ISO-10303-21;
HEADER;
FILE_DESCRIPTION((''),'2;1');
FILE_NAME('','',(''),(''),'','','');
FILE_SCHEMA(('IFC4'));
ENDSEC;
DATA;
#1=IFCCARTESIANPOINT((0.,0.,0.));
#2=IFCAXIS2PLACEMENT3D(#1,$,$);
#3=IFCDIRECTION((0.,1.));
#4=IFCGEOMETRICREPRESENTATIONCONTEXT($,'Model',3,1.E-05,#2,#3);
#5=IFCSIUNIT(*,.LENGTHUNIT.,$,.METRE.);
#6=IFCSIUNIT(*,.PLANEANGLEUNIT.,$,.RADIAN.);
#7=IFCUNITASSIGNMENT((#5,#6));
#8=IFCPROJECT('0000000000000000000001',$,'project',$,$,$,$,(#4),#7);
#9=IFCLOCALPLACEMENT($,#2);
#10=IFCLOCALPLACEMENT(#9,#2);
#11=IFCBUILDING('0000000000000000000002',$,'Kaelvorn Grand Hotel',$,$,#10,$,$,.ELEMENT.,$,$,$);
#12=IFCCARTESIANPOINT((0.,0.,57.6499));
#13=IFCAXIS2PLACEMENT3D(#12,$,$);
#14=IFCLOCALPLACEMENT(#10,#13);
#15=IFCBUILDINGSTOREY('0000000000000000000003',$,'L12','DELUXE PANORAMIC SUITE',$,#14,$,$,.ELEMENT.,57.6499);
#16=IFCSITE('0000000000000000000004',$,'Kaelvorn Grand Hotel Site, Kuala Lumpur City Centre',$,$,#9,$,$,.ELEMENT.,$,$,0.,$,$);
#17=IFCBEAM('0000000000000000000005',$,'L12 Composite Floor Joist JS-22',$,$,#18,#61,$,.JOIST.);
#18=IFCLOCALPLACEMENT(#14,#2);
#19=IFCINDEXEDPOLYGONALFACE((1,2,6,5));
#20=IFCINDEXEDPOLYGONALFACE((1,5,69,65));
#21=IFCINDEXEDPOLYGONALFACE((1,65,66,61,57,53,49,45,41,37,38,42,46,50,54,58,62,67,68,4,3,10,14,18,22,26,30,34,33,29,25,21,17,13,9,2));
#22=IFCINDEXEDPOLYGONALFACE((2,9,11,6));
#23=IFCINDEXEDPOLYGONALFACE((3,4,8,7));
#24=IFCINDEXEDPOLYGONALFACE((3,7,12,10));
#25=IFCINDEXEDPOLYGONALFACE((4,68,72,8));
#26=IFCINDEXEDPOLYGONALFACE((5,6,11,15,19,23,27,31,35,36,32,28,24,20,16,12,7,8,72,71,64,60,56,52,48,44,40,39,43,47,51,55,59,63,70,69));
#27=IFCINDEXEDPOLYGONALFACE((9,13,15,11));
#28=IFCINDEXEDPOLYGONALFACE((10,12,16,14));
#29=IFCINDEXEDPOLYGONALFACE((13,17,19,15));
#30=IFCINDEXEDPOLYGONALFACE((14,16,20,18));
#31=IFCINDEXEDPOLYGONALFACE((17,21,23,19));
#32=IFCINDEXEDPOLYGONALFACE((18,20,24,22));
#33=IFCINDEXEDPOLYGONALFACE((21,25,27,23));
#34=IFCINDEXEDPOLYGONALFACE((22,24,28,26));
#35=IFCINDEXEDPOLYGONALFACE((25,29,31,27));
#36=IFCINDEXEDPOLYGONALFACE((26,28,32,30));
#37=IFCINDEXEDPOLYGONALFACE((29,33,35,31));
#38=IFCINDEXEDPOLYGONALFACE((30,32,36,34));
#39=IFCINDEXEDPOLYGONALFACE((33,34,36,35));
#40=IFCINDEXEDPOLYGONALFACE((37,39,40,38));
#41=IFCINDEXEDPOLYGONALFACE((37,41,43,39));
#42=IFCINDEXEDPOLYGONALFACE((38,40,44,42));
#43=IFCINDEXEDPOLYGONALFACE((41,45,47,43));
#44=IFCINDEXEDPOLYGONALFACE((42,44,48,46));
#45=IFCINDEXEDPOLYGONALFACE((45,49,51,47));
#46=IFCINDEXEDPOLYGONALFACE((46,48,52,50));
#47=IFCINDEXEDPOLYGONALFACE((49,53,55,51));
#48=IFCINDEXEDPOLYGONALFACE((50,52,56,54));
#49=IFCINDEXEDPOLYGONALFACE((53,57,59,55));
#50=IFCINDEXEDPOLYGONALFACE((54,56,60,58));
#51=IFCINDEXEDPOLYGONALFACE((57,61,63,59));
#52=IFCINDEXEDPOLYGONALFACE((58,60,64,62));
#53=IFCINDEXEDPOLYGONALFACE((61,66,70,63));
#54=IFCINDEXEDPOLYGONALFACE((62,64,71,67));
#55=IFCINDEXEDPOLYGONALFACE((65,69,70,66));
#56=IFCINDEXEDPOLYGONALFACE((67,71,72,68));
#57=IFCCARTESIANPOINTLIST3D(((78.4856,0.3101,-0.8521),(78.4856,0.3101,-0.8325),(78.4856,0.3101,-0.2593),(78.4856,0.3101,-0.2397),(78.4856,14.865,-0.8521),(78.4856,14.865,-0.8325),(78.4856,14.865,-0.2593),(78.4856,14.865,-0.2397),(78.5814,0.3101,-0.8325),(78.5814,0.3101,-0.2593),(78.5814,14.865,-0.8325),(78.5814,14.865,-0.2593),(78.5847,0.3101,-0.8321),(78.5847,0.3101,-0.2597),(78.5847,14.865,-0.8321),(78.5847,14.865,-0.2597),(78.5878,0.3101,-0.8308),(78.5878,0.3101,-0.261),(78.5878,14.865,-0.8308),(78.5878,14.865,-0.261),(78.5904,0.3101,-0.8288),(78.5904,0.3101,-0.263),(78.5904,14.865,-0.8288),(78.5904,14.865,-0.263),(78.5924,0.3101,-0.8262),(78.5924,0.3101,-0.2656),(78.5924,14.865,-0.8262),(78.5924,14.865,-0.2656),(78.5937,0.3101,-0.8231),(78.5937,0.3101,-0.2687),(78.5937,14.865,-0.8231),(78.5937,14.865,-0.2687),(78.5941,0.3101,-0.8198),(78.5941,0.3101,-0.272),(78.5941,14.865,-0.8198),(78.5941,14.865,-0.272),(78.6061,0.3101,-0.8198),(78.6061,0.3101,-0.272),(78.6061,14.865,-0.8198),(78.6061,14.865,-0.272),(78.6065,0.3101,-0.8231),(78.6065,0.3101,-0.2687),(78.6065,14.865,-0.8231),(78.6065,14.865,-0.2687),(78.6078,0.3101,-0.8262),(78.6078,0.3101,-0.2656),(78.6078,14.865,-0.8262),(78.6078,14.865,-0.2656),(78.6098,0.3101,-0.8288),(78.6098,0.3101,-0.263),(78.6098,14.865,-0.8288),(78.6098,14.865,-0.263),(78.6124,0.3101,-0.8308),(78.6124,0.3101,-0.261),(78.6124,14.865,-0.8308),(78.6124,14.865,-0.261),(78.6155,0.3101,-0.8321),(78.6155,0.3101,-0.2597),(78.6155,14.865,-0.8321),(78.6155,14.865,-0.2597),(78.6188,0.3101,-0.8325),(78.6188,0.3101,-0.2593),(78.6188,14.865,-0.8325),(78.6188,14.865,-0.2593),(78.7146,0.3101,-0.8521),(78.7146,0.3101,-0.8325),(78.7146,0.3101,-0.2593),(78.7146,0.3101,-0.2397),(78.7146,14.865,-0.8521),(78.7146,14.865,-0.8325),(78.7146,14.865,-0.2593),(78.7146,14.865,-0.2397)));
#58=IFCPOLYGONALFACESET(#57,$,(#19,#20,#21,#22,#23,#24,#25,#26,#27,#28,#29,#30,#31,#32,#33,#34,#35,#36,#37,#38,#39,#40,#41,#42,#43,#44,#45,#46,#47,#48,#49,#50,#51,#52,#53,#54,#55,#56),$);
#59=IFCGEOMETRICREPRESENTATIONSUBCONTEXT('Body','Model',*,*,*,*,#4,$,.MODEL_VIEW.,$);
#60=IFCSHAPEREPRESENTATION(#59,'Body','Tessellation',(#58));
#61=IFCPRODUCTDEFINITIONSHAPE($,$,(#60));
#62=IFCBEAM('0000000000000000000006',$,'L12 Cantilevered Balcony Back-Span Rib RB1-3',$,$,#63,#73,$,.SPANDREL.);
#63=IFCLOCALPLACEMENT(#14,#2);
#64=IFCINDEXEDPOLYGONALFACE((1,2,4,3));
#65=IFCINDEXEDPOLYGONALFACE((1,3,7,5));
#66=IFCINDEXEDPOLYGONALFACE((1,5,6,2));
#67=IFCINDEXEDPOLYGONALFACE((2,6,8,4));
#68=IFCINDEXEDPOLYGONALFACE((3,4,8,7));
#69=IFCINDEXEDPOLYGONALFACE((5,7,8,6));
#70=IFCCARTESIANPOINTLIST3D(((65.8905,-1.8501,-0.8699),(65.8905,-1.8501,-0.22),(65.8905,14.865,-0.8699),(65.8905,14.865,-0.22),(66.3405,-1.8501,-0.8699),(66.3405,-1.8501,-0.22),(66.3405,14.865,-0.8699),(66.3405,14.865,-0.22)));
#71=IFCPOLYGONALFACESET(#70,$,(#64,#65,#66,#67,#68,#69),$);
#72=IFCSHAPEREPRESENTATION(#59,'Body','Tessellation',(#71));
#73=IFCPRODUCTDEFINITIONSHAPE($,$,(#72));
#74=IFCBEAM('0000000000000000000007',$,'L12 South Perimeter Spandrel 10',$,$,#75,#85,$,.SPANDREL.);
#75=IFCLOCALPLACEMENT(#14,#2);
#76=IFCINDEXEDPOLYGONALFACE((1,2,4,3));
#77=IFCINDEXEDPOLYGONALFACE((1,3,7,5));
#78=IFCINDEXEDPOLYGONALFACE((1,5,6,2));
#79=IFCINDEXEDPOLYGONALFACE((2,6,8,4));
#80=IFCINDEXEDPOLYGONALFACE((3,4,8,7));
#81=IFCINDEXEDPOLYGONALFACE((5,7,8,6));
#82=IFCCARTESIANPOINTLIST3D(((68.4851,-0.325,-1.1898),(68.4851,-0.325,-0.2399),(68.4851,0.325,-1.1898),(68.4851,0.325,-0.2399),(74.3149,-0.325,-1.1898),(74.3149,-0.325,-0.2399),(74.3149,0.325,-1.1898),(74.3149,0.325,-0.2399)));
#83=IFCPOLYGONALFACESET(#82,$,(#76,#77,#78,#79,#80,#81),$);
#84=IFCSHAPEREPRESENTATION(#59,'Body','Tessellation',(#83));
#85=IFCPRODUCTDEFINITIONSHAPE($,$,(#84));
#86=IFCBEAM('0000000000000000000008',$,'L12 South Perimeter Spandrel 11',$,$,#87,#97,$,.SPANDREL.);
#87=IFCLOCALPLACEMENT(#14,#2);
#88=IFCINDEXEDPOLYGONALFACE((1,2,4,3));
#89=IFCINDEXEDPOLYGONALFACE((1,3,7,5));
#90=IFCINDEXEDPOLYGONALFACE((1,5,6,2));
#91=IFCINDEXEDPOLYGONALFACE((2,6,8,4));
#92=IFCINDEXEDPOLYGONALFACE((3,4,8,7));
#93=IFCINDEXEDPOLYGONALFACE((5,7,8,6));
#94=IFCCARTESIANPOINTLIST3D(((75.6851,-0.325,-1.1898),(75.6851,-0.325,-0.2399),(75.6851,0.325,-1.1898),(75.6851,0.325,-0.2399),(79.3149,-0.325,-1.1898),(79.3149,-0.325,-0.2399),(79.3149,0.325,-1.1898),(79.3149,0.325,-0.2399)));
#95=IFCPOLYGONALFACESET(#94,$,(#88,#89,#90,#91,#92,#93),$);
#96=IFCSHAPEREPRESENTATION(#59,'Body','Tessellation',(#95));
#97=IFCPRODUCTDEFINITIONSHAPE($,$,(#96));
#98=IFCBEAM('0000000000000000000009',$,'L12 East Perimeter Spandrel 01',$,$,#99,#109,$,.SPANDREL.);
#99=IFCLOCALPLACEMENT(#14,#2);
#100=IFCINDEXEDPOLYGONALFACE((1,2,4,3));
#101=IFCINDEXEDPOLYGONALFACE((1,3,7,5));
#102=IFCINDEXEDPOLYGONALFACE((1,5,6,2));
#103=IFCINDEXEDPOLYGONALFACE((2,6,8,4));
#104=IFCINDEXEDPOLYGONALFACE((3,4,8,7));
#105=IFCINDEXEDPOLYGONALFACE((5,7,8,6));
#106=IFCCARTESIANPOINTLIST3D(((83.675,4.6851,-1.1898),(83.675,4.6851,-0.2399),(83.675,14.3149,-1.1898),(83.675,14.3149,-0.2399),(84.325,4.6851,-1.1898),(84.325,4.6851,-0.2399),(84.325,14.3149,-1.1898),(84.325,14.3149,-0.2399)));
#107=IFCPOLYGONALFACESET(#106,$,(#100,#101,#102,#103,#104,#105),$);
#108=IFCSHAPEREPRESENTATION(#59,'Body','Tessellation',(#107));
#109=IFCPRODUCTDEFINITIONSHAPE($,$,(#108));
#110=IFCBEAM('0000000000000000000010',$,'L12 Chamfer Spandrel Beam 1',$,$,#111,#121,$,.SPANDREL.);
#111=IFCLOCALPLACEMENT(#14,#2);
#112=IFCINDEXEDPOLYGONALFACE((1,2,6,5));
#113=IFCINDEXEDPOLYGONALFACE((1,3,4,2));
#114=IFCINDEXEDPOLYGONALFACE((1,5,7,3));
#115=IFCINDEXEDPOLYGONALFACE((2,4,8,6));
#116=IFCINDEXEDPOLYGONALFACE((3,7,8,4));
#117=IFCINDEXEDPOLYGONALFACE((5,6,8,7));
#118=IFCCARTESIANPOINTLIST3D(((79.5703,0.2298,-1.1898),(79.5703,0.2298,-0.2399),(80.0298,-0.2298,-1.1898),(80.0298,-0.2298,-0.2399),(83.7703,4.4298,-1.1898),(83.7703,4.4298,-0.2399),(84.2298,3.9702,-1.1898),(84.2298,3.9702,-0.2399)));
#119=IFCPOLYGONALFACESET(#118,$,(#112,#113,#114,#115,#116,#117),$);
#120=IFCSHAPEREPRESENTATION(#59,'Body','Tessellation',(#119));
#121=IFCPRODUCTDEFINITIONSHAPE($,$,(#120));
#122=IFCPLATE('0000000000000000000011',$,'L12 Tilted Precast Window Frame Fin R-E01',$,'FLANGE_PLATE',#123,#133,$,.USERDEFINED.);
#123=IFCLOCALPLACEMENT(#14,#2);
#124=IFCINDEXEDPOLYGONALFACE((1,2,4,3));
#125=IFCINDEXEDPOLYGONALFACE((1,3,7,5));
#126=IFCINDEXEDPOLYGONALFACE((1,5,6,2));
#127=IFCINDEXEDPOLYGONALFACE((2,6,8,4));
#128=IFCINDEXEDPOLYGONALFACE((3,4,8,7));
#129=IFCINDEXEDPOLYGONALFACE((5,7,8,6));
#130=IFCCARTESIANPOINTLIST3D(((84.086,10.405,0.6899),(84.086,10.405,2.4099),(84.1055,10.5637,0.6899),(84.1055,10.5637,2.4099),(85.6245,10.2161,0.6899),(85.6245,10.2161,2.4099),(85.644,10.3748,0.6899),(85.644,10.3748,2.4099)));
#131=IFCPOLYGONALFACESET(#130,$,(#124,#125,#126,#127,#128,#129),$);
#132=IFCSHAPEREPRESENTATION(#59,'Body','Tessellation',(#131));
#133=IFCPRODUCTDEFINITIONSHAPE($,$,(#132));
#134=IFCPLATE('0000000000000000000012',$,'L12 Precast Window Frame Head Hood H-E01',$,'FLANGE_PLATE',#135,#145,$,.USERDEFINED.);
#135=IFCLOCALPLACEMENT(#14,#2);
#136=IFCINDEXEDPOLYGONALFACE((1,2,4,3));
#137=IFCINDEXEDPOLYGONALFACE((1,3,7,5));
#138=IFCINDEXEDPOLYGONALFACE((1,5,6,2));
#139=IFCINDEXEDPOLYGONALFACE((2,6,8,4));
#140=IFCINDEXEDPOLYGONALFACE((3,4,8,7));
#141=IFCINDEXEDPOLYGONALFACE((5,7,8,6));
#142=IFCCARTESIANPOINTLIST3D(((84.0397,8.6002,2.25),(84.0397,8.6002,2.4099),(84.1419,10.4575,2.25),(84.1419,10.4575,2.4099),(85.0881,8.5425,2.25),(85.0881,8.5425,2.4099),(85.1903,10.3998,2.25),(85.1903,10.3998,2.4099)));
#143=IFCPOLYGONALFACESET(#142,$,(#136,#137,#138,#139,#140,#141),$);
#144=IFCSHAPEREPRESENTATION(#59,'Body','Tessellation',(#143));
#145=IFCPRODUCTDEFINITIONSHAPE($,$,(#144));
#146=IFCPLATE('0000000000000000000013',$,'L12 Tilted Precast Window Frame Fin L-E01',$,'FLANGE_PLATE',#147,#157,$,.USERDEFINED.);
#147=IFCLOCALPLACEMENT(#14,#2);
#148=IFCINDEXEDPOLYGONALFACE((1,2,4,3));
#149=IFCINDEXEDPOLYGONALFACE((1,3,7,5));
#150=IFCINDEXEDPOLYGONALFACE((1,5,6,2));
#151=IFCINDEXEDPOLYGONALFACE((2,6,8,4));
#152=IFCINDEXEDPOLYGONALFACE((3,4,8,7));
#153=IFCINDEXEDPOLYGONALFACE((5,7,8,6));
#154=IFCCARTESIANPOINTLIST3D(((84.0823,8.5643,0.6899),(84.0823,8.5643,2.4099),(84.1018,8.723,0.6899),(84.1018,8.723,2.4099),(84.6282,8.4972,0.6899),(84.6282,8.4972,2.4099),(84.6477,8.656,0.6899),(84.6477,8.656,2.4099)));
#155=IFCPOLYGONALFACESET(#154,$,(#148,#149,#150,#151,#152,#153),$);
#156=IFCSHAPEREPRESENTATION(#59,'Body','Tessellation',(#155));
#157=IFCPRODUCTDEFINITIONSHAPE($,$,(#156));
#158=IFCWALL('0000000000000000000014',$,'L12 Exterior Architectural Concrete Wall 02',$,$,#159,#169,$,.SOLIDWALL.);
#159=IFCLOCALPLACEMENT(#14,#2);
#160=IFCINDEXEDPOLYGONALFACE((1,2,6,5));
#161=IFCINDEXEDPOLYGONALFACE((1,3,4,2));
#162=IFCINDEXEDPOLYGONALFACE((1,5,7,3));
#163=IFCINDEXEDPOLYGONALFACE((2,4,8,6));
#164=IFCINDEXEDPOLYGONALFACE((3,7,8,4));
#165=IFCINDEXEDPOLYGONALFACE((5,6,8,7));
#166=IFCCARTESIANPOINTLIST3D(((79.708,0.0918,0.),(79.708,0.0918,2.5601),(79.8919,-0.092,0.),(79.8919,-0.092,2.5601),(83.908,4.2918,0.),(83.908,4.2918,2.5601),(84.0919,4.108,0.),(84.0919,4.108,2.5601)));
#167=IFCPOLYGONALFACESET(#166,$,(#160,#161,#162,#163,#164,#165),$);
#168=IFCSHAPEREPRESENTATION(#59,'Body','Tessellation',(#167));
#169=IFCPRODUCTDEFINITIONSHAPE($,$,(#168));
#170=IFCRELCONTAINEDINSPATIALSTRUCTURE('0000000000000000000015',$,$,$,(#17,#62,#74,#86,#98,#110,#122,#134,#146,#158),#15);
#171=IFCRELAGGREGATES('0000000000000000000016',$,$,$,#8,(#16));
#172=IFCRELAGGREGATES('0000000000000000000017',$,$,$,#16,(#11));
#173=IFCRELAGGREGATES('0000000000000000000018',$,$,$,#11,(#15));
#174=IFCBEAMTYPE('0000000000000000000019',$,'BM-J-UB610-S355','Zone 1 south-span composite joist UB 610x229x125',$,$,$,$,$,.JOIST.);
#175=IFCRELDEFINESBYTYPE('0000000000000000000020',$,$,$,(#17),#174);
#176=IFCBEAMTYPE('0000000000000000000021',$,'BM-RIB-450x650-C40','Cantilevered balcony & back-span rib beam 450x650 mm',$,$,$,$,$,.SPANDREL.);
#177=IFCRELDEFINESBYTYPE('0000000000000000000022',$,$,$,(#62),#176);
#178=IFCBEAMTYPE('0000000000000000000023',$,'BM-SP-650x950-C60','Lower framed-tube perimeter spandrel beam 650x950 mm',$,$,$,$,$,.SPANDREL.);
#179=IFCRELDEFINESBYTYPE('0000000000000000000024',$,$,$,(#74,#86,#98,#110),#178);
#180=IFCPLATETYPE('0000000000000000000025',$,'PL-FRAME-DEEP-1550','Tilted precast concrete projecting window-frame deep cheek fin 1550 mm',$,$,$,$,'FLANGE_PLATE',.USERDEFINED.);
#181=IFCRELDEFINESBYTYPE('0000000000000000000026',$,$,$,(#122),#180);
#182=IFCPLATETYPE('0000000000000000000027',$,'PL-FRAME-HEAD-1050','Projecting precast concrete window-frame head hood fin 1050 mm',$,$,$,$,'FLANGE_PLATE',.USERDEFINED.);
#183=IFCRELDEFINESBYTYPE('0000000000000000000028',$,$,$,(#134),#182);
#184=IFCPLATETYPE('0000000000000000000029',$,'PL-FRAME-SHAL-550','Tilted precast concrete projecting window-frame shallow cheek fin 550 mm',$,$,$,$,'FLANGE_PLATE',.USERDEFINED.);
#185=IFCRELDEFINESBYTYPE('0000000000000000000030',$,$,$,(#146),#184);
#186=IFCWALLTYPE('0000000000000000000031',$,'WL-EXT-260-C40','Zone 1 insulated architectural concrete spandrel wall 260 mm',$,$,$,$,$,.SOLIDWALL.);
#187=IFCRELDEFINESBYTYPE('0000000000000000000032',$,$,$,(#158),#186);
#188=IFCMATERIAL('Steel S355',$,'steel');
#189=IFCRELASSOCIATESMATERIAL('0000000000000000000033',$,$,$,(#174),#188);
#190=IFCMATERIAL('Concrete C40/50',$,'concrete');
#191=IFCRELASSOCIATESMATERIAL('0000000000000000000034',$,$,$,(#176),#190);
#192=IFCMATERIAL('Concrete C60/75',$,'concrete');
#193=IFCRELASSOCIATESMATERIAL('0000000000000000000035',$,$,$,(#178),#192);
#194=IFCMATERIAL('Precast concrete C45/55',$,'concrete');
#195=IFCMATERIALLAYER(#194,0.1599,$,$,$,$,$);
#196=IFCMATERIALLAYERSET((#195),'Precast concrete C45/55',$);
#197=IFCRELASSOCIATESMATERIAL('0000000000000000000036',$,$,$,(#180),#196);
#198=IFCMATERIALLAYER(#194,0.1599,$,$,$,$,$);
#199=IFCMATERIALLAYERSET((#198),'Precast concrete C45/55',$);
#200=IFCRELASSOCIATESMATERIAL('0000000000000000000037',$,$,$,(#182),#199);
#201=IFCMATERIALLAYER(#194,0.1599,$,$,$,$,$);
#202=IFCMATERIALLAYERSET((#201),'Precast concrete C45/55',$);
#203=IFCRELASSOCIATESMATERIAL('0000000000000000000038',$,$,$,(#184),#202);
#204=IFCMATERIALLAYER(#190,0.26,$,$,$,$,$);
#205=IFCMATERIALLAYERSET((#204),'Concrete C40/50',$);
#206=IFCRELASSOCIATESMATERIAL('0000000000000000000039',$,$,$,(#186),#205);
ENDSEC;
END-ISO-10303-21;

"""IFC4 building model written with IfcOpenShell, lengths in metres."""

from ifc_helpers import new_model, si_unit, direction, frame, frame_2d, origin, origin_2d, place, context, subcontext, project, spatial, rectangle, i_section, extrude, material, layer, layer_set, material_profile, profile_set, type_object, element, save


model = new_model("IFC4")

# Units and contexts
model_context = context("Model", 3, precision=1e-05, world=origin(), true_north=direction((0.0, 1.0)))
body_context = subcontext(model_context, "Body", "Model", "MODEL_VIEW")
ifc_project = project(units=[si_unit("LENGTHUNIT", "METRE"), si_unit("PLANEANGLEUNIT", "RADIAN")], contexts=[model_context])

# Site, building, storey
site_placement = place(None, origin())
site = spatial("IfcSite", under=ifc_project, at=site_placement, Name="Kaelvorn Grand Hotel Site, Kuala Lumpur City Centre", CompositionType="ELEMENT", RefElevation=0.0)
building_placement = place(site_placement, origin())
building = spatial("IfcBuilding", under=site, at=building_placement, Name="Kaelvorn Grand Hotel", CompositionType="ELEMENT")
storey_placement = place(building_placement, frame((0.0, 0.0, 57.6499)))
storey = spatial("IfcBuildingStorey", under=building, at=storey_placement, Name="L12", Description="DELUXE PANORAMIC SUITE", CompositionType="ELEMENT", Elevation=57.6499)

# Beams
ifc_material_1 = material(Name="Steel S355", Category="steel")
ifc_material_profile_1 = material_profile(ifc_material_1, i_section(OverallWidth=0.229, OverallDepth=0.6123, WebThickness=0.012, FlangeThickness=0.0195, FilletRadius=0.0127, at=origin_2d()), Name="UB 610x229x125")
ifc_profile_set_1 = profile_set([ifc_material_profile_1], Name="Steel S355")
beam_type_1 = type_object("IfcBeamType", Name="BM-J-UB610-S355", Description="Zone 1 south-span composite joist UB 610x229x125", PredefinedType="JOIST", material=ifc_profile_set_1)
beam_1_placement = place(storey_placement, frame((78.6001, 0.3101, -0.5459), z_axis=(0.0, 1.0, 0.0), x_axis=(-1.0, 0.0, 0.0)))
element("IfcBeam", 1, at=beam_1_placement, inside=storey, type_object=beam_type_1, Name="L12 Composite Floor Joist JS-22", PredefinedType="JOIST", context=body_context, shape_type="SweptSolid", body=[
    extrude(i_section(OverallWidth=0.229, OverallDepth=0.6123, WebThickness=0.012, FlangeThickness=0.0195, FilletRadius=0.0127, at=origin_2d()), origin(), (0.0, 0.0, 1.0), 14.5549),
])
ifc_material_2 = material(Name="Concrete C40/50", Category="concrete")
ifc_material_profile_2 = material_profile(ifc_material_2, rectangle(XDim=0.45, YDim=0.6499, at=origin_2d()), Name="RC RIB 450x650")
ifc_profile_set_2 = profile_set([ifc_material_profile_2], Name="Concrete C40/50")
beam_type_2 = type_object("IfcBeamType", Name="BM-RIB-450x650-C40", Description="Cantilevered balcony & back-span rib beam 450x650 mm", PredefinedType="SPANDREL", material=ifc_profile_set_2)
beam_2_placement = place(storey_placement, frame((66.1155, -1.8501, -0.5449), z_axis=(0.0, 1.0, 0.0), x_axis=(-1.0, 0.0, 0.0)))
element("IfcBeam", 2, at=beam_2_placement, inside=storey, type_object=beam_type_2, Name="L12 Cantilevered Balcony Back-Span Rib RB1-3", PredefinedType="SPANDREL", context=body_context, shape_type="SweptSolid", body=[
    extrude(rectangle(XDim=0.45, YDim=0.6499, at=origin_2d()), origin(), (0.0, 0.0, 1.0), 16.7151),
])
ifc_material_3 = material(Name="Concrete C60/75", Category="concrete")
ifc_material_profile_3 = material_profile(ifc_material_3, rectangle(XDim=0.6499, YDim=0.95, at=origin_2d()), Name="RC SPANDREL 650x950")
ifc_profile_set_3 = profile_set([ifc_material_profile_3], Name="Concrete C60/75")
beam_type_3 = type_object("IfcBeamType", Name="BM-SP-650x950-C60", Description="Lower framed-tube perimeter spandrel beam 650x950 mm", PredefinedType="SPANDREL", material=ifc_profile_set_3)
beam_3_placement = place(storey_placement, frame((68.4851, 0.0, -0.7148), z_axis=(1.0, 0.0, 0.0), x_axis=(0.0, 1.0, 0.0)))
element("IfcBeam", 3, at=beam_3_placement, inside=storey, type_object=beam_type_3, Name="L12 South Perimeter Spandrel 10", PredefinedType="SPANDREL", context=body_context, shape_type="SweptSolid", body=[
    extrude(rectangle(XDim=0.6499, YDim=0.95, at=origin_2d()), origin(), (0.0, 0.0, 1.0), 5.8298),
])
beam_4_placement = place(storey_placement, frame((75.6851, 0.0, -0.7148), z_axis=(1.0, 0.0, 0.0), x_axis=(0.0, 1.0, 0.0)))
element("IfcBeam", 4, at=beam_4_placement, inside=storey, type_object=beam_type_3, Name="L12 South Perimeter Spandrel 11", PredefinedType="SPANDREL", context=body_context, shape_type="SweptSolid", body=[
    extrude(rectangle(XDim=0.6499, YDim=0.95, at=origin_2d()), origin(), (0.0, 0.0, 1.0), 3.6299),
])
beam_5_placement = place(storey_placement, frame((84.0, 4.6851, -0.7148), z_axis=(0.0, 1.0, 0.0), x_axis=(-1.0, 0.0, 0.0)))
element("IfcBeam", 5, at=beam_5_placement, inside=storey, type_object=beam_type_3, Name="L12 East Perimeter Spandrel 01", PredefinedType="SPANDREL", context=body_context, shape_type="SweptSolid", body=[
    extrude(rectangle(XDim=0.6499, YDim=0.95, at=origin_2d()), origin(), (0.0, 0.0, 1.0), 9.6299),
])
beam_6_placement = place(storey_placement, frame((79.8, 0.0, -0.7148), z_axis=(0.707107, 0.707107, 0.0), x_axis=(-0.707107, 0.707107, 0.0)))
element("IfcBeam", 6, at=beam_6_placement, inside=storey, type_object=beam_type_3, Name="L12 Chamfer Spandrel Beam 1", PredefinedType="SPANDREL", context=body_context, shape_type="SweptSolid", body=[
    extrude(rectangle(XDim=0.6499, YDim=0.95, at=origin_2d()), origin(), (0.0, 0.0, 1.0), 5.9397),
])

# Plates
ifc_material_4 = material(Name="Precast concrete C45/55", Category="concrete")
ifc_layer_1 = layer(ifc_material_4, 0.1599)
ifc_layer_set_1 = layer_set([ifc_layer_1], Name="Precast concrete C45/55")
plate_type_1 = type_object("IfcPlateType", Name="PL-FRAME-DEEP-1550", Description="Tilted precast concrete projecting window-frame deep cheek fin 1550 mm", ElementType="FLANGE_PLATE", PredefinedType="USERDEFINED", material=ifc_layer_set_1)
plate_1_placement = place(storey_placement, frame((84.865, 10.3899, 0.6899), z_axis=(0.0, 0.0, 1.0), x_axis=(0.121869, 0.992546, 0.0)))
element("IfcPlate", 7, at=plate_1_placement, inside=storey, type_object=plate_type_1, Name="L12 Tilted Precast Window Frame Fin R-E01", ObjectType="FLANGE_PLATE", PredefinedType="USERDEFINED", context=body_context, shape_type="SweptSolid", body=[
    extrude(rectangle(XDim=0.1599, YDim=1.55, at=origin_2d()), origin(), (0.0, 0.0, 1.0), 1.72),
])
ifc_layer_2 = layer(ifc_material_4, 0.1599)
ifc_layer_set_2 = layer_set([ifc_layer_2], Name="Precast concrete C45/55")
plate_type_2 = type_object("IfcPlateType", Name="PL-FRAME-HEAD-1050", Description="Projecting precast concrete window-frame head hood fin 1050 mm", ElementType="FLANGE_PLATE", PredefinedType="USERDEFINED", material=ifc_layer_set_2)
plate_2_placement = place(storey_placement, frame((84.615, 9.5, 2.25), z_axis=(0.0, 0.0, 1.0), x_axis=(0.05495, 0.998489, 0.0)))
element("IfcPlate", 8, at=plate_2_placement, inside=storey, type_object=plate_type_2, Name="L12 Precast Window Frame Head Hood H-E01", ObjectType="FLANGE_PLATE", PredefinedType="USERDEFINED", context=body_context, shape_type="SweptSolid", body=[
    extrude(rectangle(XDim=1.8601, YDim=1.05, at=origin_2d()), origin(), (0.0, 0.0, 1.0), 0.1599),
])
ifc_layer_3 = layer(ifc_material_4, 0.1599)
ifc_layer_set_3 = layer_set([ifc_layer_3], Name="Precast concrete C45/55")
plate_type_3 = type_object("IfcPlateType", Name="PL-FRAME-SHAL-550", Description="Tilted precast concrete projecting window-frame shallow cheek fin 550 mm", ElementType="FLANGE_PLATE", PredefinedType="USERDEFINED", material=ifc_layer_set_3)
plate_3_placement = place(storey_placement, frame((84.365, 8.6101, 0.6899), z_axis=(0.0, 0.0, 1.0), x_axis=(0.121869, 0.992546, 0.0)))
element("IfcPlate", 9, at=plate_3_placement, inside=storey, type_object=plate_type_3, Name="L12 Tilted Precast Window Frame Fin L-E01", ObjectType="FLANGE_PLATE", PredefinedType="USERDEFINED", context=body_context, shape_type="SweptSolid", body=[
    extrude(rectangle(XDim=0.1599, YDim=0.55, at=origin_2d()), origin(), (0.0, 0.0, 1.0), 1.72),
])

# Wall
ifc_layer_4 = layer(ifc_material_2, 0.26)
ifc_layer_set_4 = layer_set([ifc_layer_4], Name="Concrete C40/50")
wall_type_1 = type_object("IfcWallType", Name="WL-EXT-260-C40", Description="Zone 1 insulated architectural concrete spandrel wall 260 mm", PredefinedType="SOLIDWALL", material=ifc_layer_set_4)
wall_1_placement = place(storey_placement, frame((79.8, 0.0, 0.0), z_axis=(0.0, 0.0, 1.0), x_axis=(0.707107, 0.707107, 0.0)))
element("IfcWall", 10, at=wall_1_placement, inside=storey, type_object=wall_type_1, Name="L12 Exterior Architectural Concrete Wall 02", PredefinedType="SOLIDWALL", context=body_context, shape_type="SweptSolid", body=[
    extrude(rectangle(XDim=5.9397, YDim=0.26, at=frame_2d((2.9697, 0.0))), origin(), (0.0, 0.0, 1.0), 2.5601),
])

save(model, "model.ifc")
